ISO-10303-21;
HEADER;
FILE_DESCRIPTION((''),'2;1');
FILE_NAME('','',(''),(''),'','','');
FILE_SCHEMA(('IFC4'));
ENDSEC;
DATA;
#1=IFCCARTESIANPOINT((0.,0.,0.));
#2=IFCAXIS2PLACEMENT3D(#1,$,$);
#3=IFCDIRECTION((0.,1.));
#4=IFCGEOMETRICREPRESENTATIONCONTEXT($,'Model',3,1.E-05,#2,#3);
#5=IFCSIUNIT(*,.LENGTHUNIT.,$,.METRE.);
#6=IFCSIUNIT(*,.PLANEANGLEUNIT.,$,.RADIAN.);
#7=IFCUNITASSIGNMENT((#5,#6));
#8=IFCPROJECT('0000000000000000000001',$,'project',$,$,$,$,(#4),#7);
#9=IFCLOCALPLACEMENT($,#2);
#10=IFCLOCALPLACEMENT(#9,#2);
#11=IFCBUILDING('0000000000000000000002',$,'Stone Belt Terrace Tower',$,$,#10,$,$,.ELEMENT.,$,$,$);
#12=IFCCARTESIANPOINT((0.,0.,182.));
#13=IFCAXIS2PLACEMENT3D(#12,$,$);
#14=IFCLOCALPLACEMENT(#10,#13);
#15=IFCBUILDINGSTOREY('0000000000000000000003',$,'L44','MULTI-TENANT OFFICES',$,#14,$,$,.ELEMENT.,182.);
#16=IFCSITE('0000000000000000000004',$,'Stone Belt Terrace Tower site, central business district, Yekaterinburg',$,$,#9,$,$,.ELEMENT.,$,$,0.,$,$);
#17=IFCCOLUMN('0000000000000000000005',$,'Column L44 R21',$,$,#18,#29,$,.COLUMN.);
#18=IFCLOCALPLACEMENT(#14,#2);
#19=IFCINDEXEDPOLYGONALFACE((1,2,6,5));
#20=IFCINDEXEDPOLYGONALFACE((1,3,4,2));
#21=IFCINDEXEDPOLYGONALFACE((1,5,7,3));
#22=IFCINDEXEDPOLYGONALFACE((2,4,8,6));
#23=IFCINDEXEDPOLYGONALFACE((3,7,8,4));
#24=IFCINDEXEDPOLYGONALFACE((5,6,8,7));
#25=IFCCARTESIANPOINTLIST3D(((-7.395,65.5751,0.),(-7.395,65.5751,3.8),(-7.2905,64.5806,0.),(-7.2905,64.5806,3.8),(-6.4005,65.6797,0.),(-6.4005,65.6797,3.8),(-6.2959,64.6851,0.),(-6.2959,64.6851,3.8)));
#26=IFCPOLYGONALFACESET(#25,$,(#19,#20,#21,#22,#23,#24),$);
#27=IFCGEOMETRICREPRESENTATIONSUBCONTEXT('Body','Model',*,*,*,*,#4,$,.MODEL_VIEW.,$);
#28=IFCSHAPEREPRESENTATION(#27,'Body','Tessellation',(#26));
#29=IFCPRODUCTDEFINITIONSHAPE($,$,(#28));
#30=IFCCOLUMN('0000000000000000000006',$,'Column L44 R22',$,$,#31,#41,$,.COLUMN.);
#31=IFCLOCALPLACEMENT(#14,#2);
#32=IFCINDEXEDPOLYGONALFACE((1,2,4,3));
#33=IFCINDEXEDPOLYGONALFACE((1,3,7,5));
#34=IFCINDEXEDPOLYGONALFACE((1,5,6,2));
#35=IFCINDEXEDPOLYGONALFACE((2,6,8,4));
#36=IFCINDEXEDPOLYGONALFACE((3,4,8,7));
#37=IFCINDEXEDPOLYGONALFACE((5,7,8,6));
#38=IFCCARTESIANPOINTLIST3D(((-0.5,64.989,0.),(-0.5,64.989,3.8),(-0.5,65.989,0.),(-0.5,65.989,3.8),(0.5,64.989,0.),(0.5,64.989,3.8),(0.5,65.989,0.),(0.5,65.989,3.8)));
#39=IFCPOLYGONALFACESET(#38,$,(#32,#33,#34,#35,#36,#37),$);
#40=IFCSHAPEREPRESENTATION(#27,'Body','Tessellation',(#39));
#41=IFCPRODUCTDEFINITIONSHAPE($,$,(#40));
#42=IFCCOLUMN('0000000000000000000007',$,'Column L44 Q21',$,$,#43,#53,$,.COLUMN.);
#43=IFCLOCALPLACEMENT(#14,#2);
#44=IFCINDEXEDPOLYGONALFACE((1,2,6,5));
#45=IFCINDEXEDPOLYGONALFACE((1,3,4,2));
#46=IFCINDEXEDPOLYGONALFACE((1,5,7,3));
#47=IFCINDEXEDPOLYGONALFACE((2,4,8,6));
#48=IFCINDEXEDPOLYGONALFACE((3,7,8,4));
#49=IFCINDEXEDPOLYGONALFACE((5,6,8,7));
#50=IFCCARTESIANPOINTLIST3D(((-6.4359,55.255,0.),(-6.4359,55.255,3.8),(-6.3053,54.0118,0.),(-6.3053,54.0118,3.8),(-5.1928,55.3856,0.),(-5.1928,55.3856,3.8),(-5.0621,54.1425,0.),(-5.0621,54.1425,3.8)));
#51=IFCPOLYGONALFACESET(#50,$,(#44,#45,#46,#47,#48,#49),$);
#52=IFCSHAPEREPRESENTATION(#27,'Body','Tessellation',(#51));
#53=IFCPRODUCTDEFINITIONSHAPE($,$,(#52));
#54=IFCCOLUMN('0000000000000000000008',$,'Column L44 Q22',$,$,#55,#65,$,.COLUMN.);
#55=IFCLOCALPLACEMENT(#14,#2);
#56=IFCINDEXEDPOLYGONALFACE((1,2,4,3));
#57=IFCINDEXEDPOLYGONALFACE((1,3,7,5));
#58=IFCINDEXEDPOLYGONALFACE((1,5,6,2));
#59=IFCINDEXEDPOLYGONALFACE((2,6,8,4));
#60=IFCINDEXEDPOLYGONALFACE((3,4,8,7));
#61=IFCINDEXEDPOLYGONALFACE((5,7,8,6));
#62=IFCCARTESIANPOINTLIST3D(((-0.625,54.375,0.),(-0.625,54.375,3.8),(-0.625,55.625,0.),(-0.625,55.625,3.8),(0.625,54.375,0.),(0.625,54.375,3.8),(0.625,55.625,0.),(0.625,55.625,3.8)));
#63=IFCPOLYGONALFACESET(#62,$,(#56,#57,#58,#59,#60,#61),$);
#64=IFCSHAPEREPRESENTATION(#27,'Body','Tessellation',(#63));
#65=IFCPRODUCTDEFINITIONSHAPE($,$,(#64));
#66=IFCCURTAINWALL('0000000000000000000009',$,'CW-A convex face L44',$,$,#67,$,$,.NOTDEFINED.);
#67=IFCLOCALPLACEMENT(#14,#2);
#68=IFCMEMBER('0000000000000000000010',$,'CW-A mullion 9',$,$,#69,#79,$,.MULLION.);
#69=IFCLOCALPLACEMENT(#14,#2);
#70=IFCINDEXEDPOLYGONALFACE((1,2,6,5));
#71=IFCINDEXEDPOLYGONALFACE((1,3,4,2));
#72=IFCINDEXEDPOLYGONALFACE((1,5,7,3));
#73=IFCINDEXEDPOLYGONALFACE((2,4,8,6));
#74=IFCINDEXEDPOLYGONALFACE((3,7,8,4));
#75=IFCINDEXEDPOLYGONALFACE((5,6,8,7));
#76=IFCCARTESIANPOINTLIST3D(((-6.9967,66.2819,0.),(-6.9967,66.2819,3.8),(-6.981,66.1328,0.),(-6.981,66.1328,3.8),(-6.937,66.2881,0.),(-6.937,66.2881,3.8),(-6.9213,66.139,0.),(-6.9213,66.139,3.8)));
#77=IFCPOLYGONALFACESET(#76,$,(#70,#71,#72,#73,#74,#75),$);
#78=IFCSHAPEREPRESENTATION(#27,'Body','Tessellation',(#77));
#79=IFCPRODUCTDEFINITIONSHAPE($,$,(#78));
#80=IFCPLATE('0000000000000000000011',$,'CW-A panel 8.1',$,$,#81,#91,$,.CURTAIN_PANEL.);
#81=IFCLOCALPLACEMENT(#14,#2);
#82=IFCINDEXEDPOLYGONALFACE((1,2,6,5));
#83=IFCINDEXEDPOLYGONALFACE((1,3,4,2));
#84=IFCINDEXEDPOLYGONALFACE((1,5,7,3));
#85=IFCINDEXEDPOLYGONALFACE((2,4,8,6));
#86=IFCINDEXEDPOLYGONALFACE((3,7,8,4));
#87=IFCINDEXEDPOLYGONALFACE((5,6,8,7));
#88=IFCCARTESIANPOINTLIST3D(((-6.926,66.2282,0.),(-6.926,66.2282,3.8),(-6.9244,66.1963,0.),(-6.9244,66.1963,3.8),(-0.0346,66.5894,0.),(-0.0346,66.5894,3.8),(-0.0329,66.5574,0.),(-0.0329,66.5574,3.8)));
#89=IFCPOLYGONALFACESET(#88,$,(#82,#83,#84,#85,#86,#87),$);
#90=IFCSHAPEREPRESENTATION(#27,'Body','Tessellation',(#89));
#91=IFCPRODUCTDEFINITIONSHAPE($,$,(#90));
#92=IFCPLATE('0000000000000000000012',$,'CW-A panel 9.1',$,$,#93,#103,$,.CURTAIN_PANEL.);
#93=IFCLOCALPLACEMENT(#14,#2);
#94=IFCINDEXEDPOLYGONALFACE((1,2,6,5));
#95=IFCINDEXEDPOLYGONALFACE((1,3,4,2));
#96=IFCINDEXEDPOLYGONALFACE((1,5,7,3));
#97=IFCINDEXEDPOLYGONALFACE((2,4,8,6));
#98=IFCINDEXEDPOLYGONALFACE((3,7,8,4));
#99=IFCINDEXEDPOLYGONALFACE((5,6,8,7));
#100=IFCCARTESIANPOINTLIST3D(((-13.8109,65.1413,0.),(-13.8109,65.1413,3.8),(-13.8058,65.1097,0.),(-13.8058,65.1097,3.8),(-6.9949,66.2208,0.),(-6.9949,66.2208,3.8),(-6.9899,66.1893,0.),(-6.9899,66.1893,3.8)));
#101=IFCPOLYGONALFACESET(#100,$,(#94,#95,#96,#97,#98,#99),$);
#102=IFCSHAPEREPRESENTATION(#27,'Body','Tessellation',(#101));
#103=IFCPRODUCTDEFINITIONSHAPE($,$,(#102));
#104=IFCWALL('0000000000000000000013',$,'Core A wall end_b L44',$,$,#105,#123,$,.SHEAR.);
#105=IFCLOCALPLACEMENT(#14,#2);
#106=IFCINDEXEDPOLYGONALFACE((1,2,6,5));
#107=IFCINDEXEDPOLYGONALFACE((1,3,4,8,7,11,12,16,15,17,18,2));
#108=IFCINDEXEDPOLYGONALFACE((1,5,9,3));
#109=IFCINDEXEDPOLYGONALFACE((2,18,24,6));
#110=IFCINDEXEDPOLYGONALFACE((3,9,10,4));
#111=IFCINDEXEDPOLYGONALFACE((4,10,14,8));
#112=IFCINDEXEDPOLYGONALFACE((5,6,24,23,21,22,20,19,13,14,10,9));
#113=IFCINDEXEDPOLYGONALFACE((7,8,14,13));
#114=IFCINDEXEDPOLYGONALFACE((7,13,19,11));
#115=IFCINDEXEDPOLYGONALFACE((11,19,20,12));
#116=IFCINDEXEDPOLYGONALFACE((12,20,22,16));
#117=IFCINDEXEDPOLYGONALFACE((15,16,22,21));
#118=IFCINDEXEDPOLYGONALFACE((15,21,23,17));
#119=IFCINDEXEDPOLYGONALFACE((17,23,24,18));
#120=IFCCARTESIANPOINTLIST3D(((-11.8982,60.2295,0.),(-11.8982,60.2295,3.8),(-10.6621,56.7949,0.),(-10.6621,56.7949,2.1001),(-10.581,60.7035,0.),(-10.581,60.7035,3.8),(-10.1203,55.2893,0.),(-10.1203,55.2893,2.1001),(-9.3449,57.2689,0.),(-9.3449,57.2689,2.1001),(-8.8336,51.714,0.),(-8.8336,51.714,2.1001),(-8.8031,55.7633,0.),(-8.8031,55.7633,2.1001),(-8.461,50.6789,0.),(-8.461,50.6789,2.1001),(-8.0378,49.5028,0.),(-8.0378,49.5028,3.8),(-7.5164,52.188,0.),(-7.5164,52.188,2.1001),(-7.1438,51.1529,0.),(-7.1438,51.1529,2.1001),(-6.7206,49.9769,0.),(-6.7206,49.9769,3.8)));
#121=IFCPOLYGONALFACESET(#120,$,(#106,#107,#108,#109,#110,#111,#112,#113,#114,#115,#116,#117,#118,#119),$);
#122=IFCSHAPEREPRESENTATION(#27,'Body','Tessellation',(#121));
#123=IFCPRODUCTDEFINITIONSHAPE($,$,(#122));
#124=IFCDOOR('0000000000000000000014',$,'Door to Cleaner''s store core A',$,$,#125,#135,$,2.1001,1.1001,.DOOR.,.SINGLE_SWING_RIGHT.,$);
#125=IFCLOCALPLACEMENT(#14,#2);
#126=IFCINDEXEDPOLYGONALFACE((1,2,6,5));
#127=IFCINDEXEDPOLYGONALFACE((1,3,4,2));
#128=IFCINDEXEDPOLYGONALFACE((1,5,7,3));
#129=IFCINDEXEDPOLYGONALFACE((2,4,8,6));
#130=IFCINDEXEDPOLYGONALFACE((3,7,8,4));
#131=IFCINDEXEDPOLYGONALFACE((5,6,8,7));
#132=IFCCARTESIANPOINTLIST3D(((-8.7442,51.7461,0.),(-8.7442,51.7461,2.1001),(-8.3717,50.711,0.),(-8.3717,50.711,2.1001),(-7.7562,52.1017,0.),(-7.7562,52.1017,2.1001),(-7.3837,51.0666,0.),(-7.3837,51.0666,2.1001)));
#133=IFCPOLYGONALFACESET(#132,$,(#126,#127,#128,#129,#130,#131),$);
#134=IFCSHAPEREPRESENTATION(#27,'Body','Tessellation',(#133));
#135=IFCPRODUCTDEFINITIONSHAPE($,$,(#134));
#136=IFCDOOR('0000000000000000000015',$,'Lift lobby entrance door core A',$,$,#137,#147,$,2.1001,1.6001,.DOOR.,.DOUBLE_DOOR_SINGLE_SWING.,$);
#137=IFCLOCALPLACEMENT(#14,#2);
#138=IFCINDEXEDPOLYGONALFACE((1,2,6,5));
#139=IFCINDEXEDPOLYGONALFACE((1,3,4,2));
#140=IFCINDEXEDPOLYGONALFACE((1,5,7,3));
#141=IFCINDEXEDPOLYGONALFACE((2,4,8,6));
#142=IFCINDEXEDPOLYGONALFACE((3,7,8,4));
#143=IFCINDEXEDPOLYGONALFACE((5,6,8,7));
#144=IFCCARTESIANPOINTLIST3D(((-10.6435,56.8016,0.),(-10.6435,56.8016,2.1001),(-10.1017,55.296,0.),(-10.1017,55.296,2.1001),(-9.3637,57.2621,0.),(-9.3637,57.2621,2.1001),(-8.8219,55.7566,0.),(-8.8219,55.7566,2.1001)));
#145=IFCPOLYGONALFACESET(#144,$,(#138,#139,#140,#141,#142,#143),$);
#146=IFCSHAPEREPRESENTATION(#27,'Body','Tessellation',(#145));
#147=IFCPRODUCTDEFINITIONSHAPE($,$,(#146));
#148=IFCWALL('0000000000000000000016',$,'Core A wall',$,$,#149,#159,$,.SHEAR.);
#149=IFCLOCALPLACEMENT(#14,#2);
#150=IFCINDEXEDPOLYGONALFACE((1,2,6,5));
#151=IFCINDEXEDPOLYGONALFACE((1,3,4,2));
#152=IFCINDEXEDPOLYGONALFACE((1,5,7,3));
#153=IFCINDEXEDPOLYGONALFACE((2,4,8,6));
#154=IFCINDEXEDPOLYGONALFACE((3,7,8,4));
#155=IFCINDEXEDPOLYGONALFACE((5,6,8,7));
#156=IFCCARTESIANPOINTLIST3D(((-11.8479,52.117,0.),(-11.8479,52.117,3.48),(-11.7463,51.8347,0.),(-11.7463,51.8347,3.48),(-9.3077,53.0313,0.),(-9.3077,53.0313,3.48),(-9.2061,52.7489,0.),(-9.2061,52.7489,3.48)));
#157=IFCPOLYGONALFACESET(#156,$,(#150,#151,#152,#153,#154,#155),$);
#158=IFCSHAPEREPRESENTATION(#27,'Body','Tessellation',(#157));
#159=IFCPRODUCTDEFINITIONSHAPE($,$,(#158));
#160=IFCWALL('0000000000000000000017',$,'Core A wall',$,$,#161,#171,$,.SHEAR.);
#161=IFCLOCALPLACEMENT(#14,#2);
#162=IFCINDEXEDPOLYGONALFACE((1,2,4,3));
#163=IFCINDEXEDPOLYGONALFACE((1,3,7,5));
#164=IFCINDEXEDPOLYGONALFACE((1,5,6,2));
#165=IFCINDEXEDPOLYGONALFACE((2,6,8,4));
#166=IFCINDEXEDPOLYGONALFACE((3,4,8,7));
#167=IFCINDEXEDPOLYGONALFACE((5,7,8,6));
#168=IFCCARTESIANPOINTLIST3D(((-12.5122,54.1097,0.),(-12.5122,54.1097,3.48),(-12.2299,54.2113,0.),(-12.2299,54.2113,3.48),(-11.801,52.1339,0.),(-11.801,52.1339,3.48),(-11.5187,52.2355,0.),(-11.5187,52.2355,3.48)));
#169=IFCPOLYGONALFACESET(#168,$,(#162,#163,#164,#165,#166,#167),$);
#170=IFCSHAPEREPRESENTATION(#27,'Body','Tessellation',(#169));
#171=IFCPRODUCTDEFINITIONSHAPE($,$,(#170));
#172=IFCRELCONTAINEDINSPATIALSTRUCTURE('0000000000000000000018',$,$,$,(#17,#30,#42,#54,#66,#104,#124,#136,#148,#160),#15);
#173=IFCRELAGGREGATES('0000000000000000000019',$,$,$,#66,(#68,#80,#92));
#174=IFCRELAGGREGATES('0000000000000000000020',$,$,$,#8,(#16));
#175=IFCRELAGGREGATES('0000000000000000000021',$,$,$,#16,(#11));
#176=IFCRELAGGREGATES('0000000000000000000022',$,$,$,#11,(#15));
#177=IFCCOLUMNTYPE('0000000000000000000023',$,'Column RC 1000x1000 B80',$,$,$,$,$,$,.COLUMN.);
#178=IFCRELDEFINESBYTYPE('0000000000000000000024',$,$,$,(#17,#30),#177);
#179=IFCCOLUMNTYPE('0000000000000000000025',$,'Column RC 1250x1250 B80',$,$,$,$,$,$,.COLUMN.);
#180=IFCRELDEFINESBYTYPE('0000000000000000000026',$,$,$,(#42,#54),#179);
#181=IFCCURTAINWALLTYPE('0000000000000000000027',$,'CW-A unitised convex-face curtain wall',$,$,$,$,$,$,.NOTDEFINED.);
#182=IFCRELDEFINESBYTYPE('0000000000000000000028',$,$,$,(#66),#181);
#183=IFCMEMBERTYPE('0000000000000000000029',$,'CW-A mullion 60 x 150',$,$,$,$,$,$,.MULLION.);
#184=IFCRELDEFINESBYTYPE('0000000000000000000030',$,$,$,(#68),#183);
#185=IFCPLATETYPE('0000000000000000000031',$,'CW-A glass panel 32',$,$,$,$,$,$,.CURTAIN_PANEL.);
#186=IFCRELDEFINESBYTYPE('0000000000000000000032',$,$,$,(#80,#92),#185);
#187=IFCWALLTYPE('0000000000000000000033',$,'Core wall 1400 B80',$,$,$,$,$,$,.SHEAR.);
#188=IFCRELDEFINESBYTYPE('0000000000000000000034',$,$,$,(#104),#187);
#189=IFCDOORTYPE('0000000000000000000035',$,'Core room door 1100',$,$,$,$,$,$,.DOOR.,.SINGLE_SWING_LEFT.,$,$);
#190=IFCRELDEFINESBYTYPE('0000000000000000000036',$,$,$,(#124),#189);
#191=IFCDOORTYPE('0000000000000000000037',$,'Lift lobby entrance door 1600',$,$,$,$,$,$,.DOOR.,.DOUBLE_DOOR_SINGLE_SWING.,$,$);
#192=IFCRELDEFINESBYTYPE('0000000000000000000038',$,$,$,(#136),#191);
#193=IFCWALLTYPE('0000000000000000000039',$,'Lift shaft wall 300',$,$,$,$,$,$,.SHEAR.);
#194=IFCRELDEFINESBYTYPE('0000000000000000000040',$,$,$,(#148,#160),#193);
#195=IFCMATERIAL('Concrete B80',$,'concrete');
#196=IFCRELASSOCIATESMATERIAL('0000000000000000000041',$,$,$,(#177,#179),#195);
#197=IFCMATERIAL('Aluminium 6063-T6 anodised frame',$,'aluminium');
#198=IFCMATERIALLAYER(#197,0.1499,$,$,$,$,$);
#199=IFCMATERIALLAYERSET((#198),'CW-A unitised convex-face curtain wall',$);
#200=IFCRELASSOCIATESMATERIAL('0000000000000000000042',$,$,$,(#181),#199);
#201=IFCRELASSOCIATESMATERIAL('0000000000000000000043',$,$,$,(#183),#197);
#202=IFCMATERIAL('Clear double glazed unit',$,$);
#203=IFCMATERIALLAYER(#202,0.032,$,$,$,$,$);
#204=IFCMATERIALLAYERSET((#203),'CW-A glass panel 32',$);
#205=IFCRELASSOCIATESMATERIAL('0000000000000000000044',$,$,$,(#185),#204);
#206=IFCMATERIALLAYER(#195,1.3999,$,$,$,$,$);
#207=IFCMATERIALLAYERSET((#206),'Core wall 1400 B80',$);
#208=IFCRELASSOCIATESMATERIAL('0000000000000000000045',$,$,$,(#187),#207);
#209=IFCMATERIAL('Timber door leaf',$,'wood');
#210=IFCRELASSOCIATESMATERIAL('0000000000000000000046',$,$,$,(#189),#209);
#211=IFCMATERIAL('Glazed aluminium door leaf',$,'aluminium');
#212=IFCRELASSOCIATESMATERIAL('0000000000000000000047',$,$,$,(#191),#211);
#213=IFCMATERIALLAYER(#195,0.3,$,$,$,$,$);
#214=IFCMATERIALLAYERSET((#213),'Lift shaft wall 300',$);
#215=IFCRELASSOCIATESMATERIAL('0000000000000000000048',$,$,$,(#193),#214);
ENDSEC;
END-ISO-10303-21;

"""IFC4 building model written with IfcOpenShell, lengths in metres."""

from ifc_helpers import new_model, si_unit, direction, frame, frame_2d, origin, origin_2d, place, context, subcontext, project, spatial, rectangle, extrude, material, layer, layer_set, material_profile, profile_set, type_object, element, fill, aggregate, save


model = new_model("IFC4")

# Units and contexts
model_context = context("Model", 3, precision=1e-05, world=origin(), true_north=direction((0.0, 1.0)))
body_context = subcontext(model_context, "Body", "Model", "MODEL_VIEW")
ifc_project = project(units=[si_unit("LENGTHUNIT", "METRE"), si_unit("PLANEANGLEUNIT", "RADIAN")], contexts=[model_context])

# Site, building, storey
site_placement = place(None, origin())
site = spatial("IfcSite", under=ifc_project, at=site_placement, Name="Stone Belt Terrace Tower site, central business district, Yekaterinburg", CompositionType="ELEMENT", RefElevation=0.0)
building_placement = place(site_placement, origin())
building = spatial("IfcBuilding", under=site, at=building_placement, Name="Stone Belt Terrace Tower", CompositionType="ELEMENT")
storey_placement = place(building_placement, frame((0.0, 0.0, 182.0)))
storey = spatial("IfcBuildingStorey", under=building, at=storey_placement, Name="L44", Description="MULTI-TENANT OFFICES", CompositionType="ELEMENT", Elevation=182.0)

# Columns
ifc_material_1 = material(Name="Concrete B80", Category="concrete")
ifc_material_profile_1 = material_profile(ifc_material_1, rectangle(XDim=1.0, YDim=1.0, at=origin_2d()), Name="RC 1000x1000")
ifc_profile_set_1 = profile_set([ifc_material_profile_1], Name="Concrete B80")
column_type_1 = type_object("IfcColumnType", Name="Column RC 1000x1000 B80", PredefinedType="COLUMN", material=ifc_profile_set_1)
for number, where, z_axis, x_axis, name in (
    (1, (-6.8455, 65.1301, 0.0), (0.0, 0.0, 1.0), (0.994522, 0.104528, 0.0), "Column L44 R21"),
    (2, (0.0, 65.489, 0.0), (0.0, 0.0, 1.0), (1.0, 0.0, 0.0), "Column L44 R22"),
):
    element("IfcColumn", number, at=place(storey_placement, frame(where, z_axis=z_axis, x_axis=x_axis)), inside=storey, type_object=column_type_1, Name=name, PredefinedType="COLUMN", context=body_context, shape_type="SweptSolid", body=[
        extrude(rectangle(XDim=1.0, YDim=1.0, at=origin_2d()), origin(), (0.0, 0.0, 1.0), 3.8),
    ])
ifc_material_profile_2 = material_profile(ifc_material_1, rectangle(XDim=1.25, YDim=1.25, at=origin_2d()), Name="RC 1250x1250")
ifc_profile_set_2 = profile_set([ifc_material_profile_2], Name="Concrete B80")
column_type_2 = type_object("IfcColumnType", Name="Column RC 1250x1250 B80", PredefinedType="COLUMN", material=ifc_profile_set_2)
for number, where, z_axis, x_axis, name in (
    (3, (-5.749, 54.6987, 0.0), (0.0, 0.0, 1.0), (0.994522, 0.104528, 0.0), "Column L44 Q21"),
    (4, (0.0, 55.0, 0.0), (0.0, 0.0, 1.0), (1.0, 0.0, 0.0), "Column L44 Q22"),
):
    element("IfcColumn", number, at=place(storey_placement, frame(where, z_axis=z_axis, x_axis=x_axis)), inside=storey, type_object=column_type_2, Name=name, PredefinedType="COLUMN", context=body_context, shape_type="SweptSolid", body=[
        extrude(rectangle(XDim=1.25, YDim=1.25, at=origin_2d()), origin(), (0.0, 0.0, 1.0), 3.8),
    ])

# Curtain wall, member, plates
ifc_material_2 = material(Name="Aluminium 6063-T6 anodised frame", Category="aluminium")
ifc_layer_1 = layer(ifc_material_2, 0.1499)
ifc_layer_set_1 = layer_set([ifc_layer_1], Name="CW-A unitised convex-face curtain wall")
curtain_wall_type = type_object("IfcCurtainWallType", Name="CW-A unitised convex-face curtain wall", PredefinedType="NOTDEFINED", material=ifc_layer_set_1)
curtain_wall_placement = place(storey_placement, origin())
curtain_wall = element("IfcCurtainWall", 5, at=curtain_wall_placement, inside=storey, type_object=curtain_wall_type, Name="CW-A convex face L44", PredefinedType="NOTDEFINED")
ifc_material_profile_3 = material_profile(ifc_material_2, rectangle(XDim=0.1499, YDim=0.0601, at=origin_2d()), Name="Aluminium 6063-T6 60x150")
ifc_profile_set_3 = profile_set([ifc_material_profile_3], Name="Aluminium 6063-T6 anodised frame")
member_type = type_object("IfcMemberType", Name="CW-A mullion 60 x 150", PredefinedType="MULLION", material=ifc_profile_set_3)
member_placement = place(storey_placement, frame((-6.959, 66.2104, 0.0), z_axis=(0.0, 0.0, 1.0), x_axis=(0.104528, -0.994522, 0.0)))
member = element("IfcMember", 6, at=member_placement, type_object=member_type, Name="CW-A mullion 9", PredefinedType="MULLION", context=body_context, shape_type="SweptSolid", body=[
    extrude(rectangle(XDim=0.1499, YDim=0.0601, at=origin_2d()), origin(), (0.0, 0.0, 1.0), 3.8),
])
ifc_material_3 = material(Name="Clear double glazed unit")
ifc_layer_2 = layer(ifc_material_3, 0.032)
ifc_layer_set_2 = layer_set([ifc_layer_2], Name="CW-A glass panel 32")
plate_type = type_object("IfcPlateType", Name="CW-A glass panel 32", PredefinedType="CURTAIN_PANEL", material=ifc_layer_set_2)
plate_1_placement = place(storey_placement, frame((-3.4795, 66.3928, 0.0), z_axis=(0.0, 0.0, 1.0), x_axis=(-0.99863, -0.052336, 0.0)))
plate_1 = element("IfcPlate", 7, at=plate_1_placement, type_object=plate_type, Name="CW-A panel 8.1", PredefinedType="CURTAIN_PANEL", context=body_context, shape_type="SweptSolid", body=[
    extrude(rectangle(XDim=6.9009, YDim=0.032, at=origin_2d()), origin(), (0.0, 0.0, 1.0), 3.8),
])
plate_2_placement = place(storey_placement, frame((-10.4004, 65.6653, 0.0), z_axis=(0.0, 0.0, 1.0), x_axis=(-0.987688, -0.156434, 0.0)))
plate_2 = element("IfcPlate", 8, at=plate_2_placement, type_object=plate_type, Name="CW-A panel 9.1", PredefinedType="CURTAIN_PANEL", context=body_context, shape_type="SweptSolid", body=[
    extrude(rectangle(XDim=6.9009, YDim=0.032, at=origin_2d()), origin(), (0.0, 0.0, 1.0), 3.8),
])
aggregate(curtain_wall, [member, plate_1, plate_2])

# Wall, openings, doors
ifc_layer_3 = layer(ifc_material_1, 1.3999)
ifc_layer_set_3 = layer_set([ifc_layer_3], Name="Core wall 1400 B80")
wall_type_1 = type_object("IfcWallType", Name="Core wall 1400 B80", PredefinedType="SHEAR", material=ifc_layer_set_3)
wall_1_placement = place(storey_placement, frame((-7.3792, 49.7397, 0.0), z_axis=(0.0, 0.0, 1.0), x_axis=(-0.338625, 0.940921, 0.0)))
wall_1 = element("IfcWall", 9, at=wall_1_placement, inside=storey, type_object=wall_type_1, Name="Core A wall end_b L44", PredefinedType="SHEAR", context=body_context, shape_type="SweptSolid", body=[
    extrude(rectangle(XDim=11.4001, YDim=1.3999, at=frame_2d((5.7002, 0.0))), origin(), (0.0, 0.0, 1.0), 3.8),
])
opening_1_placement = place(wall_1_placement, frame((6.1499, 0.0, 0.0)))
opening_1 = element("IfcOpeningElement", 10, at=opening_1_placement, cuts=wall_1, PredefinedType="OPENING", context=body_context, shape_type="SweptSolid", body=[
    extrude(rectangle(XDim=1.6001, YDim=2.1001, at=frame_2d((0.8, 1.05))), frame((0.0, 0.71, 0.0), z_axis=(0.0, -1.0, 0.0), x_axis=(1.0, 0.0, 0.0)), (0.0, 0.0, 1.0), 1.4199),
])
opening_2_placement = place(wall_1_placement, frame((1.25, 0.0, 0.0)))
opening_2 = element("IfcOpeningElement", 11, at=opening_2_placement, cuts=wall_1, PredefinedType="OPENING", context=body_context, shape_type="SweptSolid", body=[
    extrude(rectangle(XDim=1.1001, YDim=2.1001, at=frame_2d((0.55, 1.05))), frame((0.0, 0.71, 0.0), z_axis=(0.0, -1.0, 0.0), x_axis=(1.0, 0.0, 0.0)), (0.0, 0.0, 1.0), 1.4199),
])
ifc_material_4 = material(Name="Timber door leaf", Category="wood")
door_type_1 = type_object("IfcDoorType", Name="Core room door 1100", OperationType="SINGLE_SWING_LEFT", PredefinedType="DOOR", material=ifc_material_4)
door_1_placement = place(opening_2_placement, origin())
door_1 = element("IfcDoor", 12, at=door_1_placement, inside=storey, type_object=door_type_1, Name="Door to Cleaner's store core A", OperationType="SINGLE_SWING_RIGHT", OverallHeight=2.1001, OverallWidth=1.1001, PredefinedType="DOOR", context=body_context, shape_type="SweptSolid", body=[
    extrude(rectangle(XDim=1.1001, YDim=2.1001, at=frame_2d((0.55, 1.05))), frame((0.0, 0.605, 0.0), z_axis=(0.0, -1.0, 0.0), x_axis=(1.0, 0.0, 0.0)), (0.0, 0.0, 1.0), 1.05),
])
fill(opening_2, door_1)
ifc_material_5 = material(Name="Glazed aluminium door leaf", Category="aluminium")
door_type_2 = type_object("IfcDoorType", Name="Lift lobby entrance door 1600", OperationType="DOUBLE_DOOR_SINGLE_SWING", PredefinedType="DOOR", material=ifc_material_5)
door_2_placement = place(opening_1_placement, origin())
door_2 = element("IfcDoor", 13, at=door_2_placement, inside=storey, type_object=door_type_2, Name="Lift lobby entrance door core A", OperationType="DOUBLE_DOOR_SINGLE_SWING", OverallHeight=2.1001, OverallWidth=1.6001, PredefinedType="DOOR", context=body_context, shape_type="SweptSolid", body=[
    extrude(rectangle(XDim=1.6001, YDim=2.1001, at=frame_2d((0.8, 1.05))), frame((0.0, 0.6802, 0.0), z_axis=(0.0, -1.0, 0.0), x_axis=(1.0, 0.0, 0.0)), (0.0, 0.0, 1.0), 1.3601),
])
fill(opening_1, door_2)

# Walls
ifc_layer_4 = layer(ifc_material_1, 0.3)
ifc_layer_set_4 = layer_set([ifc_layer_4], Name="Lift shaft wall 300")
wall_type_2 = type_object("IfcWallType", Name="Lift shaft wall 300", PredefinedType="SHEAR", material=ifc_layer_set_4)
wall_2_placement = place(storey_placement, frame((-11.7971, 51.9758, 0.0), z_axis=(0.0, 0.0, 1.0), x_axis=(0.94091, 0.338655, 0.0)))
element("IfcWall", 14, at=wall_2_placement, inside=storey, type_object=wall_type_2, Name="Core A wall", PredefinedType="SHEAR", context=body_context, shape_type="SweptSolid", body=[
    extrude(rectangle(XDim=2.6997, YDim=0.3, at=frame_2d((1.3499, 0.0))), origin(), (0.0, 0.0, 1.0), 3.48),
])
wall_3_placement = place(storey_placement, frame((-11.6599, 52.1848, 0.0), z_axis=(0.0, 0.0, 1.0), x_axis=(-0.33867, 0.940905, 0.0)))
element("IfcWall", 15, at=wall_3_placement, inside=storey, type_object=wall_type_2, Name="Core A wall", PredefinedType="SHEAR", context=body_context, shape_type="SweptSolid", body=[
    extrude(rectangle(XDim=2.0999, YDim=0.3, at=frame_2d((1.0498, 0.0))), origin(), (0.0, 0.0, 1.0), 3.48),
])

save(model, "model.ifc")
